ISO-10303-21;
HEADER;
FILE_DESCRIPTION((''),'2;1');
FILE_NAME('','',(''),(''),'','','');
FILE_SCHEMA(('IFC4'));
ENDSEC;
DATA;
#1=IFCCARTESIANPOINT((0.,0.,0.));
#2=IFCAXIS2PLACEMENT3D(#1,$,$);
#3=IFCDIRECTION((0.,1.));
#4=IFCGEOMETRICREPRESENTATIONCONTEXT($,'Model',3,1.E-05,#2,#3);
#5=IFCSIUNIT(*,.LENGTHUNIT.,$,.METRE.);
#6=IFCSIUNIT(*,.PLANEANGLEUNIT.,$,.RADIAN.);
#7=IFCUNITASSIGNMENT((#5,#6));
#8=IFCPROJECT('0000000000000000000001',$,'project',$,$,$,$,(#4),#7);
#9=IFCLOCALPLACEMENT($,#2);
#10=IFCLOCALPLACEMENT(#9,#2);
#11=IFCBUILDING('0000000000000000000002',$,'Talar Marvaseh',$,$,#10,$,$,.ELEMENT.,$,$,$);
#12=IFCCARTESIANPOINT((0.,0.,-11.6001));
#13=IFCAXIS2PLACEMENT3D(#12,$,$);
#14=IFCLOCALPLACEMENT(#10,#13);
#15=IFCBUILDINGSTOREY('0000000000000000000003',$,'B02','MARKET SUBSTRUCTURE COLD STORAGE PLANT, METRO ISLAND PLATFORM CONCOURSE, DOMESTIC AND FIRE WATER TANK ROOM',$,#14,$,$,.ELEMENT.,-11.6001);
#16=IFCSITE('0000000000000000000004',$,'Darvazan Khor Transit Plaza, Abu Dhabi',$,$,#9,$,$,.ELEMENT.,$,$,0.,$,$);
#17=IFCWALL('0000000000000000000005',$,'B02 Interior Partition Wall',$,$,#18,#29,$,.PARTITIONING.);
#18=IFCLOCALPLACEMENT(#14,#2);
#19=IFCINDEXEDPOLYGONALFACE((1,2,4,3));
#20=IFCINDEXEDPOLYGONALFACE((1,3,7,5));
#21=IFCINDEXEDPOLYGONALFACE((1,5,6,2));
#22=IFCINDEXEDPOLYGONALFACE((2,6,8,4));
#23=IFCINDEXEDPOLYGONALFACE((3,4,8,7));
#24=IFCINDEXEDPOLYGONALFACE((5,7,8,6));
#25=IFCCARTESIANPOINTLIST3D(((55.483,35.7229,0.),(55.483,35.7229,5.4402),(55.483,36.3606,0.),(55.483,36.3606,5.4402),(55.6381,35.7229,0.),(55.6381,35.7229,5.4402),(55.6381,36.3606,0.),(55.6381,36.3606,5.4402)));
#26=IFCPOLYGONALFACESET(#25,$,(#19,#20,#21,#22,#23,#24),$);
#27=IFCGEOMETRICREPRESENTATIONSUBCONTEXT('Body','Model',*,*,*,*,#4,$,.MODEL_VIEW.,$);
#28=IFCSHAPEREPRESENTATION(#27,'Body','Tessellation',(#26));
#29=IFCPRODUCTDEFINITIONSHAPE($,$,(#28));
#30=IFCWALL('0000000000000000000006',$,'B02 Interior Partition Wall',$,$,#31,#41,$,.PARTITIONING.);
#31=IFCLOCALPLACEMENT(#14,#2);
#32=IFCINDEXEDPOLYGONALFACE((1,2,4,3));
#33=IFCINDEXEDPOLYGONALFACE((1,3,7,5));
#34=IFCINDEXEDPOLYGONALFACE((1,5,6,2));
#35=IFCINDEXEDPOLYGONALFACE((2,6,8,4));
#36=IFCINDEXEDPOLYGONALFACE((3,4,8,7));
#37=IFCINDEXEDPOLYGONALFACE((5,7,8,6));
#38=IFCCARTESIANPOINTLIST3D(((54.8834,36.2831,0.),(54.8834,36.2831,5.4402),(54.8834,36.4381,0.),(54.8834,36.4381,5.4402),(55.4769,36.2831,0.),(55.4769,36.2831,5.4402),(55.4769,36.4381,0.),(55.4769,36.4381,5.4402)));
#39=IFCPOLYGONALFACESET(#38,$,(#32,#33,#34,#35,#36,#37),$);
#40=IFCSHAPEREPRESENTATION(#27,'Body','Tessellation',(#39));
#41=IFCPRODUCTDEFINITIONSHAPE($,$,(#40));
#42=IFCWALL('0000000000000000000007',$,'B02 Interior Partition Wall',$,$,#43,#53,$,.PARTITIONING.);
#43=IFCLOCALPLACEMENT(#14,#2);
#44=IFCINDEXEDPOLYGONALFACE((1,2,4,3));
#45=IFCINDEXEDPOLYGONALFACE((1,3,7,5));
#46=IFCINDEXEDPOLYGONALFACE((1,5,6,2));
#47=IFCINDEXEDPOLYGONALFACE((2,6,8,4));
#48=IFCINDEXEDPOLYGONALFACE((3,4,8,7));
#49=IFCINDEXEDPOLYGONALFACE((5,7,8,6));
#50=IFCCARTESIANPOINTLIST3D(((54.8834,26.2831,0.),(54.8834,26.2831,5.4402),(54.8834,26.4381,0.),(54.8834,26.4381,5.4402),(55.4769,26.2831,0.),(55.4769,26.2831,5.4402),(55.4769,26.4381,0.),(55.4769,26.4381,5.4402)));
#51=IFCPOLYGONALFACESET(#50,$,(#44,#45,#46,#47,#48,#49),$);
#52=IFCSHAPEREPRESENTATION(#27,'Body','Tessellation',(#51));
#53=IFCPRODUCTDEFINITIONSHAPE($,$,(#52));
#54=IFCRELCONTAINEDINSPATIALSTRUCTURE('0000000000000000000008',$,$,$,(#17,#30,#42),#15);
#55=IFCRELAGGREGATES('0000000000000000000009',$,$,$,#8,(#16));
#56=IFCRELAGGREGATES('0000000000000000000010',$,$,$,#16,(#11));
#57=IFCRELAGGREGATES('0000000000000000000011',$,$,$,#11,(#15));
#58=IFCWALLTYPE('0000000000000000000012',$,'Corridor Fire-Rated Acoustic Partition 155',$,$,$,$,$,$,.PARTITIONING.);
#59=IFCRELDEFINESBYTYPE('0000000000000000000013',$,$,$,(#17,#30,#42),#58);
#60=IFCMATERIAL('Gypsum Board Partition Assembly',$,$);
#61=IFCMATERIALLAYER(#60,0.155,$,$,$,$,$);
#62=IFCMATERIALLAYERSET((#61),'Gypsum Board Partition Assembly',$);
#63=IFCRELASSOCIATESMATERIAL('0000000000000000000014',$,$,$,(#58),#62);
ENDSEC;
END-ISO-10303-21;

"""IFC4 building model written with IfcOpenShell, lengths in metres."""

from ifc_helpers import new_model, si_unit, direction, frame, frame_2d, origin, place, context, subcontext, project, spatial, rectangle, extrude, material, layer, layer_set, type_object, element, save


model = new_model("IFC4")

# Units and contexts
model_context = context("Model", 3, precision=1e-05, world=origin(), true_north=direction((0.0, 1.0)))
body_context = subcontext(model_context, "Body", "Model", "MODEL_VIEW")
ifc_project = project(units=[si_unit("LENGTHUNIT", "METRE"), si_unit("PLANEANGLEUNIT", "RADIAN")], contexts=[model_context])

# Site, building, storey
site_placement = place(None, origin())
site = spatial("IfcSite", under=ifc_project, at=site_placement, Name="Darvazan Khor Transit Plaza, Abu Dhabi", CompositionType="ELEMENT", RefElevation=0.0)
building_placement = place(site_placement, origin())
building = spatial("IfcBuilding", under=site, at=building_placement, Name="Talar Marvaseh", CompositionType="ELEMENT")
storey_placement = place(building_placement, frame((0.0, 0.0, -11.6001)))
storey = spatial("IfcBuildingStorey", under=building, at=storey_placement, Name="B02", Description="MARKET SUBSTRUCTURE COLD STORAGE PLANT, METRO ISLAND PLATFORM CONCOURSE, DOMESTIC AND FIRE WATER TANK ROOM", CompositionType="ELEMENT", Elevation=-11.6001)

# Shared definitions
ifc_material_1 = material(Name="Gypsum Board Partition Assembly")
ifc_layer = layer(ifc_material_1, 0.155)
ifc_layer_set = layer_set([ifc_layer], Name="Gypsum Board Partition Assembly")
wall_type = type_object("IfcWallType", Name="Corridor Fire-Rated Acoustic Partition 155", PredefinedType="PARTITIONING", material=ifc_layer_set)

# Walls
wall_1_placement = place(storey_placement, frame((55.5605, 35.7229, 0.0), z_axis=(0.0, 0.0, 1.0), x_axis=(0.0, 1.0, 0.0)))
element("IfcWall", 1, at=wall_1_placement, inside=storey, type_object=wall_type, Name="B02 Interior Partition Wall", PredefinedType="PARTITIONING", context=body_context, shape_type="SweptSolid", body=[
    extrude(rectangle(XDim=0.6377, YDim=0.155, at=frame_2d((0.3188, 0.0))), origin(), (0.0, 0.0, 1.0), 5.4402),
])
for number, where, z_axis, x_axis, name in (
    (2, (55.4771, 36.3606, 0.0), (0.0, 0.0, 1.0), (-1.0, 0.0, 0.0), "B02 Interior Partition Wall"),
    (3, (55.4771, 26.3606, 0.0), (0.0, 0.0, 1.0), (-1.0, 0.0, 0.0), "B02 Interior Partition Wall"),
):
    element("IfcWall", number, at=place(storey_placement, frame(where, z_axis=z_axis, x_axis=x_axis)), inside=storey, type_object=wall_type, Name=name, PredefinedType="PARTITIONING", context=body_context, shape_type="SweptSolid", body=[
        extrude(rectangle(XDim=0.5935, YDim=0.155, at=frame_2d((0.2969, 0.0))), origin(), (0.0, 0.0, 1.0), 5.4402),
    ])

save(model, "model.ifc")
